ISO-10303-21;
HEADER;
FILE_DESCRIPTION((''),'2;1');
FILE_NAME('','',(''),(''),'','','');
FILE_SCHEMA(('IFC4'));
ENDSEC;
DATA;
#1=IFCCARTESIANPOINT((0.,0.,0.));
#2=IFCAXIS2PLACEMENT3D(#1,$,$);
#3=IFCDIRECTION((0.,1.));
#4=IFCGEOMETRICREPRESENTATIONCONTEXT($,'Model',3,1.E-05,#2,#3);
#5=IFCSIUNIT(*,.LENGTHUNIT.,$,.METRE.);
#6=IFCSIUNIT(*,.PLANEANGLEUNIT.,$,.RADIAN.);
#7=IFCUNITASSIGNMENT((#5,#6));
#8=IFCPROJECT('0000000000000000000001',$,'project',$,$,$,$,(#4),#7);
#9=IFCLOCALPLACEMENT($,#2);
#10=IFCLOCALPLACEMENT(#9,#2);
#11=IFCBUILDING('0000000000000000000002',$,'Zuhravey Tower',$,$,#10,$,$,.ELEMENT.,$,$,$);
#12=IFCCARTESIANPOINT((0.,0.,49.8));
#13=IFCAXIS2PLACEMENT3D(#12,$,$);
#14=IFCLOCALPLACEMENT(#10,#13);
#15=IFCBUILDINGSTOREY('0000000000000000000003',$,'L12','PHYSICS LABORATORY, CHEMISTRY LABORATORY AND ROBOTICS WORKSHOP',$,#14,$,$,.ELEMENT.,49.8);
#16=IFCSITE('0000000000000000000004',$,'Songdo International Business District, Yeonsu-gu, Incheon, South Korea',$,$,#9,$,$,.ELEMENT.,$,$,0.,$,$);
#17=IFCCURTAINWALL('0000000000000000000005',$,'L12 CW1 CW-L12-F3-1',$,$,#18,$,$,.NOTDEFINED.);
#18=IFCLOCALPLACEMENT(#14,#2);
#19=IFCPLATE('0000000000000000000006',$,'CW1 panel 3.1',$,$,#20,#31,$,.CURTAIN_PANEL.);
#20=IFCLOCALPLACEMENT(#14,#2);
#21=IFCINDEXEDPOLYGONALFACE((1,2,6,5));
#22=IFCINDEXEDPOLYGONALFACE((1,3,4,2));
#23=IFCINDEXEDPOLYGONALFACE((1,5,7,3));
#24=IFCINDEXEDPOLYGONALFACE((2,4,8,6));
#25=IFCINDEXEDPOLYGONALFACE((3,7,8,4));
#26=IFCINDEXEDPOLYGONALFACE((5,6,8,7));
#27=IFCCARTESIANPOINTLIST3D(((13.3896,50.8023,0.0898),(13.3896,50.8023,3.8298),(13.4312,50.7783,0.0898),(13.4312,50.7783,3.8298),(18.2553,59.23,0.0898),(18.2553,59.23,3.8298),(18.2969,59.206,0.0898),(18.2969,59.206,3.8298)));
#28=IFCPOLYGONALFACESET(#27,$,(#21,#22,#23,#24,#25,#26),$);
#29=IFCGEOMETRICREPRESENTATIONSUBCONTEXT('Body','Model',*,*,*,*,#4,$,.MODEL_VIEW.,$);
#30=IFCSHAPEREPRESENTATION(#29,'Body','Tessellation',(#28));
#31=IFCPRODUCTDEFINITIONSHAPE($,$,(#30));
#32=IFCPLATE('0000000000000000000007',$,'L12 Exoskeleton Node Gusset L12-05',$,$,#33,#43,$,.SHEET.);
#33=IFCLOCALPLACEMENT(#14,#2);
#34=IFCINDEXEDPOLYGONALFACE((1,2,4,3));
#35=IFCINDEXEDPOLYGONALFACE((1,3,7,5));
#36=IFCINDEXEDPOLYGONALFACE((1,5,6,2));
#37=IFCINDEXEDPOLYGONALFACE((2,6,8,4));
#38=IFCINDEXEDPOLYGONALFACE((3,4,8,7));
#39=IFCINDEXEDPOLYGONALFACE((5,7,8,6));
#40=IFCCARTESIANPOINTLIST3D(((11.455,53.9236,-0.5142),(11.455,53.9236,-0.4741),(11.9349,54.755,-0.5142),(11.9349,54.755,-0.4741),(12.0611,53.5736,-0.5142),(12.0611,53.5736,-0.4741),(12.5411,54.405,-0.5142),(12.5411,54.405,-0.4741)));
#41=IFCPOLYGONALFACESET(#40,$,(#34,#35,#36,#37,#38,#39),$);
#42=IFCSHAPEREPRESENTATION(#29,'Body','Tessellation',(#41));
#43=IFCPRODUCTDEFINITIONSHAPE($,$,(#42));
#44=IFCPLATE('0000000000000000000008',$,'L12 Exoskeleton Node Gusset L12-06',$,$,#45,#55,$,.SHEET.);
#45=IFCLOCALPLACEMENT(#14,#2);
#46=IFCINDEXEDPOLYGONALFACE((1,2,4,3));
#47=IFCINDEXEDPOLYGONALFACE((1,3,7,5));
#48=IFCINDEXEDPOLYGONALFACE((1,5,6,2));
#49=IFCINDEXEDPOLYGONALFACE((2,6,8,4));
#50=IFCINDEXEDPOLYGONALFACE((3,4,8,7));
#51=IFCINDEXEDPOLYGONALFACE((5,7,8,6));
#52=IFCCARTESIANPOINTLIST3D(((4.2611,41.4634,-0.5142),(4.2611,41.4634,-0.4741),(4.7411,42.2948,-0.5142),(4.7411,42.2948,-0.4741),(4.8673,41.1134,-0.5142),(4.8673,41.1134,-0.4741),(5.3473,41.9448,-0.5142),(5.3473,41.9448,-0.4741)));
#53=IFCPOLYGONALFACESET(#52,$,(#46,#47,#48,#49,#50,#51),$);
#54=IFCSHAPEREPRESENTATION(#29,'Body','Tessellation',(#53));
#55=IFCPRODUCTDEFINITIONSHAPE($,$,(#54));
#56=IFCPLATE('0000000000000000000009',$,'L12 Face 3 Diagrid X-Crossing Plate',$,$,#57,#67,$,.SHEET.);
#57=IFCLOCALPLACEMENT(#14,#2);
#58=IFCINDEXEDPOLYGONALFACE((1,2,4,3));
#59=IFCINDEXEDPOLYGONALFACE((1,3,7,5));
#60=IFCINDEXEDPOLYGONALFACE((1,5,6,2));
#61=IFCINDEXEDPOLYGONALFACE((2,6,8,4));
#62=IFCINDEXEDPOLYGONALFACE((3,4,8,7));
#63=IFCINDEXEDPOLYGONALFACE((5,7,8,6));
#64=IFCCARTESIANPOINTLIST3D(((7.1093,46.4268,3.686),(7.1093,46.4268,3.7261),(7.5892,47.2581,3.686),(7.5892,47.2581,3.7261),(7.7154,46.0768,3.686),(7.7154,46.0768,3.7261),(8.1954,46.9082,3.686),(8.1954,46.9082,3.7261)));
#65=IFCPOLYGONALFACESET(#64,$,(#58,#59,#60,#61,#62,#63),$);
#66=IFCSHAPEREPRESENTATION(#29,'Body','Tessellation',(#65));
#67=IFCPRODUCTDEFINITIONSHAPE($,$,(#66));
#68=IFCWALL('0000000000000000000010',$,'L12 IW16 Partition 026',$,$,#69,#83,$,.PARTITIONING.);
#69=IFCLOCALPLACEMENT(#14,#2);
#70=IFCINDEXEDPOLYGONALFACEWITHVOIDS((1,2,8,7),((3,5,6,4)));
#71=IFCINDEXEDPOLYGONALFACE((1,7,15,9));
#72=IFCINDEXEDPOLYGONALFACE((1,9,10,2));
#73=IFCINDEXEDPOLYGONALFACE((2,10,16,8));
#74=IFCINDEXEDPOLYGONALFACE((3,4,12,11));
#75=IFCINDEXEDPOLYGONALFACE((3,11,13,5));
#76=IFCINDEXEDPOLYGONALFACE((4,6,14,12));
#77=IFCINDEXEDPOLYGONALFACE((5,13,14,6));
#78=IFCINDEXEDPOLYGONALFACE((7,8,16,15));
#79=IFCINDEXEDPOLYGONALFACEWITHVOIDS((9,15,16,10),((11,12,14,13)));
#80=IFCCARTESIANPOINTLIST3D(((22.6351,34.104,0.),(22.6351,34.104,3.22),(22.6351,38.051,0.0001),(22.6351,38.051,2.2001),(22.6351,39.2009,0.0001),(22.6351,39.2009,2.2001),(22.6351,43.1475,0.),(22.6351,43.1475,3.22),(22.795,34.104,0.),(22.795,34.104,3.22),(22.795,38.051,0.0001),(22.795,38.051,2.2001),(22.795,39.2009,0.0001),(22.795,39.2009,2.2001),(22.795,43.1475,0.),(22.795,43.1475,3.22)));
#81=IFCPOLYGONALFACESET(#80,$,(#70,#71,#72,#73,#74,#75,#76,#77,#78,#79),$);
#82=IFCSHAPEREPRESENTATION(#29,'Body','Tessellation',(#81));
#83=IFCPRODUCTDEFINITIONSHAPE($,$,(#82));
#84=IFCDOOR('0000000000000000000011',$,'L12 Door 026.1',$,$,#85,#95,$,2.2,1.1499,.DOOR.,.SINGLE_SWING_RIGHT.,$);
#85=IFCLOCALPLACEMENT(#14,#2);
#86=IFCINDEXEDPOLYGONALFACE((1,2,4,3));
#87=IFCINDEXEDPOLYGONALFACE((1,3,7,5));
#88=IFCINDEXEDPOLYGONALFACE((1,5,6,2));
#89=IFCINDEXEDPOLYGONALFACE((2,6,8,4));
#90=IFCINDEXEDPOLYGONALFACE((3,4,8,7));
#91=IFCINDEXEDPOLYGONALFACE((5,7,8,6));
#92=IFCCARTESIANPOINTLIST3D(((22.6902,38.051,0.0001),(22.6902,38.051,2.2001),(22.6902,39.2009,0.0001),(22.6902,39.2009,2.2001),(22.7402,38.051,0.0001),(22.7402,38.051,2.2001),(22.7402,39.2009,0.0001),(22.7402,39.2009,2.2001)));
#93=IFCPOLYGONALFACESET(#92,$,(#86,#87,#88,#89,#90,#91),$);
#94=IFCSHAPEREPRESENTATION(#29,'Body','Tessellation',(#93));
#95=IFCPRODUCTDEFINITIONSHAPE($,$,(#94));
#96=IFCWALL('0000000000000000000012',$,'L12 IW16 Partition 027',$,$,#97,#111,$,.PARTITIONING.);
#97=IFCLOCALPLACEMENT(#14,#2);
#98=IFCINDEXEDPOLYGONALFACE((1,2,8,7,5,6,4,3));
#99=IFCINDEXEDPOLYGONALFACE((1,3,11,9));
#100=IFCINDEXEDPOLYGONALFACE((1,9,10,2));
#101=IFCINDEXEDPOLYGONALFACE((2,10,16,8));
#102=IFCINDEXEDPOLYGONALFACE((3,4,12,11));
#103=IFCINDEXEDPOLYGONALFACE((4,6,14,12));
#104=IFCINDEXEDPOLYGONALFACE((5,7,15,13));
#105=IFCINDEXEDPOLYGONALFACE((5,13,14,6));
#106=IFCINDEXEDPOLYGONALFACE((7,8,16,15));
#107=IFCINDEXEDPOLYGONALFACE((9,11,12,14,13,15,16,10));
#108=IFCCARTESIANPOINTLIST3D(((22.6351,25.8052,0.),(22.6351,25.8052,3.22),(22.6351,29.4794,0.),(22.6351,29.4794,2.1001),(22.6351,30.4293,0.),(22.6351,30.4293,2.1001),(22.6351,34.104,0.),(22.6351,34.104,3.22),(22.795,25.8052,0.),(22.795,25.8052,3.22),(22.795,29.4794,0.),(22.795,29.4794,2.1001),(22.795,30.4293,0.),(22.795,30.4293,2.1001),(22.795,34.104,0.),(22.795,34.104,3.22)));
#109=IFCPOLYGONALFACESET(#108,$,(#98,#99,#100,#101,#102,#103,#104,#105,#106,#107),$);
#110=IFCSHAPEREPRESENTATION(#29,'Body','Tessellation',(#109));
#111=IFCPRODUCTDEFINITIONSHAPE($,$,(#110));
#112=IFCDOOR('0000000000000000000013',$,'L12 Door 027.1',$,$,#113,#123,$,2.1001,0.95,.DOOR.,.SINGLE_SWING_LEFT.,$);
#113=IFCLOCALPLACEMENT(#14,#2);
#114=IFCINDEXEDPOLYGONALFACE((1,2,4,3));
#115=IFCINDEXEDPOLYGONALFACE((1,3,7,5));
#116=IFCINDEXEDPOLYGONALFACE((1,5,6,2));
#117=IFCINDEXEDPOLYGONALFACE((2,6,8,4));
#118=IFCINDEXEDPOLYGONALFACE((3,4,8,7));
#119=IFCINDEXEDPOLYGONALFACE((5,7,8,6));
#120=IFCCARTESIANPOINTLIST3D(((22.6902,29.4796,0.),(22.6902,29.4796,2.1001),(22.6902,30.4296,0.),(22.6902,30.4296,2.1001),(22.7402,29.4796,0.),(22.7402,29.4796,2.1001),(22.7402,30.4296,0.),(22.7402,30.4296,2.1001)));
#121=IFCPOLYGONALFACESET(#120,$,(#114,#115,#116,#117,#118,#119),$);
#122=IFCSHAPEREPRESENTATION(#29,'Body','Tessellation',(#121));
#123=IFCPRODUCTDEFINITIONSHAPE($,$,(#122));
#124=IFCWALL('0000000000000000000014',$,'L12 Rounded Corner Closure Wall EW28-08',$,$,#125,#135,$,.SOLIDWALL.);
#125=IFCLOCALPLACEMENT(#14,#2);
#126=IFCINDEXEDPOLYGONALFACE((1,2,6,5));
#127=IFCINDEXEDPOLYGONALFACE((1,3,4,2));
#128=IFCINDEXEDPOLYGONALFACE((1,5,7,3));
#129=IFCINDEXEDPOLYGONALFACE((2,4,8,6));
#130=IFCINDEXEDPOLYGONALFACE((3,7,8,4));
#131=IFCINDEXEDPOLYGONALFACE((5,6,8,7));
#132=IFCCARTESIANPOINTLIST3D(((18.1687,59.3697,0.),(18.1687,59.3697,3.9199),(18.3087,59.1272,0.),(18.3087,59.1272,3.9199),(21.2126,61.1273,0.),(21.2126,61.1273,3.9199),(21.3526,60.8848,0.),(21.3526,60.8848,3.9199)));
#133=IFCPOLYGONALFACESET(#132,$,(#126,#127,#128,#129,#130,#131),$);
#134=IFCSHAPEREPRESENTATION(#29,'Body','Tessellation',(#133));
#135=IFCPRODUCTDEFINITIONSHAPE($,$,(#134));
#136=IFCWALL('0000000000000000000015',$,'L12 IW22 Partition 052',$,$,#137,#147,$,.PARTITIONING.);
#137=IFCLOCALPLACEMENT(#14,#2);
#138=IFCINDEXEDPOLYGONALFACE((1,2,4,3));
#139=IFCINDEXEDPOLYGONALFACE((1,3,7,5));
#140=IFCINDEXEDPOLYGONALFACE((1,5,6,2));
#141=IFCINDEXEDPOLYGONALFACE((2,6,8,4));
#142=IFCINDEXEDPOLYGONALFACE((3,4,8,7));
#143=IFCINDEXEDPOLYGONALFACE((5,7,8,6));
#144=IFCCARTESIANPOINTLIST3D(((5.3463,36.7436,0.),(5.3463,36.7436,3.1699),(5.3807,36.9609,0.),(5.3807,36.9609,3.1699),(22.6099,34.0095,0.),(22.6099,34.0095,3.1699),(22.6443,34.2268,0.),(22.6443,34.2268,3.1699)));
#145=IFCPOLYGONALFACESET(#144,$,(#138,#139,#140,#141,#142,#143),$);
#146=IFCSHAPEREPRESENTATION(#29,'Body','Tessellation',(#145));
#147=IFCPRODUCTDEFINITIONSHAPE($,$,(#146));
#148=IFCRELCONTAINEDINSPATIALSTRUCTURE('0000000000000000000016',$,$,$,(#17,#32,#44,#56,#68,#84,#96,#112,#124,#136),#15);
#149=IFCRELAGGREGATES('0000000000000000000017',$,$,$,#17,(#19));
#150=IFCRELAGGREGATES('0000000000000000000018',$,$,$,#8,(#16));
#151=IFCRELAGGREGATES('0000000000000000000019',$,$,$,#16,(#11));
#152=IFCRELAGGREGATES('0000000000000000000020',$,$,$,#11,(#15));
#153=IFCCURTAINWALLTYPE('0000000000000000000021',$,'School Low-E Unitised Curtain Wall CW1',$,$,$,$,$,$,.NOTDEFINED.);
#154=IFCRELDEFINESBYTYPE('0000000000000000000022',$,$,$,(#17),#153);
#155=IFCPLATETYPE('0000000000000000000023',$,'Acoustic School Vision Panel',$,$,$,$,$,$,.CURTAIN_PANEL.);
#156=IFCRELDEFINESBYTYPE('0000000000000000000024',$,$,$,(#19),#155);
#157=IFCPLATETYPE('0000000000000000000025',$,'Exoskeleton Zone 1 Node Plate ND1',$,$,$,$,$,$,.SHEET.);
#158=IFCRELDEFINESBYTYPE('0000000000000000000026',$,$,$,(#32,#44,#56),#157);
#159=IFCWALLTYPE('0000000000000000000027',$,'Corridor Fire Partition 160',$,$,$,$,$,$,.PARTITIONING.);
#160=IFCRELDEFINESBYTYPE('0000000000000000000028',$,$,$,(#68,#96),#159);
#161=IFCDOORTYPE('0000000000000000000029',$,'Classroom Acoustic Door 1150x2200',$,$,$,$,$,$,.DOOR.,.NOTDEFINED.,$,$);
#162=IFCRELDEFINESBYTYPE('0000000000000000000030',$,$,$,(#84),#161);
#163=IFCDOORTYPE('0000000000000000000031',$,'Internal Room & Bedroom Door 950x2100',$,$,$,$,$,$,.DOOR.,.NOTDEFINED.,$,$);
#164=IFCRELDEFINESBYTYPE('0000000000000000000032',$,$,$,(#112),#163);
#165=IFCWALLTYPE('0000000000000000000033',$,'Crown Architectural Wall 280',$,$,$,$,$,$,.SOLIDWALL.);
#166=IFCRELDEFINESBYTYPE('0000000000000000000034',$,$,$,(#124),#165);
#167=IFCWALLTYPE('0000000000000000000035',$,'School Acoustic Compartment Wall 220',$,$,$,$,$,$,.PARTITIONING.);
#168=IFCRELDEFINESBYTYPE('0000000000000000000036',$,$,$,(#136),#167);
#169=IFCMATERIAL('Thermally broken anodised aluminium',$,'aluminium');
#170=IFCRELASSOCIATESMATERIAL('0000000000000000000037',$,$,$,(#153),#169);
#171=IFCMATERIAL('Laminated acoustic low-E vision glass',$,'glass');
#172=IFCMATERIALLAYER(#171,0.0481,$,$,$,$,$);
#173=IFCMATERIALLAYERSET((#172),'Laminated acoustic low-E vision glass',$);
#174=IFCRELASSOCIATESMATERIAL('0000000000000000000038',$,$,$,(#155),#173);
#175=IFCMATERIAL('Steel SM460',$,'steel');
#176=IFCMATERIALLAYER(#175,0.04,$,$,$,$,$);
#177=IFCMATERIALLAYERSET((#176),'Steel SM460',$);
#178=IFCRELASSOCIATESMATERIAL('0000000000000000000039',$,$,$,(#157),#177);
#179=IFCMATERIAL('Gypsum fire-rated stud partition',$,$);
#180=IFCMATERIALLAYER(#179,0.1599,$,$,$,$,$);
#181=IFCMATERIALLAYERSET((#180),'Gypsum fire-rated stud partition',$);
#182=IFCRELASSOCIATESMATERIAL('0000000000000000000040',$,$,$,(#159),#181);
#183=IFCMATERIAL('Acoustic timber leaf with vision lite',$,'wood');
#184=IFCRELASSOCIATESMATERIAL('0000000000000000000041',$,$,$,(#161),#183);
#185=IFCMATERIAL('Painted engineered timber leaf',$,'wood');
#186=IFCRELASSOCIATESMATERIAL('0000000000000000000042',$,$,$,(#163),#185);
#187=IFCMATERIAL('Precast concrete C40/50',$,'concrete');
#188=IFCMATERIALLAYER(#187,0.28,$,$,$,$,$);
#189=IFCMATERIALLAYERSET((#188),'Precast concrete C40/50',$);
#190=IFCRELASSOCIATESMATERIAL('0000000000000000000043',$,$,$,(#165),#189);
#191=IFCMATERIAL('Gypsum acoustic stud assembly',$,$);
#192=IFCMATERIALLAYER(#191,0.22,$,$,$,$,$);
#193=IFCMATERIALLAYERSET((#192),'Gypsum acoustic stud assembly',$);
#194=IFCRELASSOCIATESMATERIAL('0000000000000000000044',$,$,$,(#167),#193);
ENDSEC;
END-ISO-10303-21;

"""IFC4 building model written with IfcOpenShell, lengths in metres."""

from ifc_helpers import new_model, si_unit, direction, frame, frame_2d, origin, origin_2d, place, context, subcontext, project, spatial, rectangle, extrude, material, layer, layer_set, type_object, element, fill, aggregate, save


model = new_model("IFC4")

# Units and contexts
model_context = context("Model", 3, precision=1e-05, world=origin(), true_north=direction((0.0, 1.0)))
body_context = subcontext(model_context, "Body", "Model", "MODEL_VIEW")
ifc_project = project(units=[si_unit("LENGTHUNIT", "METRE"), si_unit("PLANEANGLEUNIT", "RADIAN")], contexts=[model_context])

# Site, building, storey
site_placement = place(None, origin())
site = spatial("IfcSite", under=ifc_project, at=site_placement, Name="Songdo International Business District, Yeonsu-gu, Incheon, South Korea", CompositionType="ELEMENT", RefElevation=0.0)
building_placement = place(site_placement, origin())
building = spatial("IfcBuilding", under=site, at=building_placement, Name="Zuhravey Tower", CompositionType="ELEMENT")
storey_placement = place(building_placement, frame((0.0, 0.0, 49.8)))
storey = spatial("IfcBuildingStorey", under=building, at=storey_placement, Name="L12", Description="PHYSICS LABORATORY, CHEMISTRY LABORATORY AND ROBOTICS WORKSHOP", CompositionType="ELEMENT", Elevation=49.8)

# Curtain wall
ifc_material_1 = material(Name="Thermally broken anodised aluminium", Category="aluminium")
curtain_wall_type = type_object("IfcCurtainWallType", Name="School Low-E Unitised Curtain Wall CW1", PredefinedType="NOTDEFINED", material=ifc_material_1)
curtain_wall_1_placement = place(storey_placement, origin())
curtain_wall_1 = element("IfcCurtainWall", 1, at=curtain_wall_1_placement, inside=storey, type_object=curtain_wall_type, Name="L12 CW1 CW-L12-F3-1", PredefinedType="NOTDEFINED")

# Shared definitions
ifc_material_2 = material(Name="Steel SM460", Category="steel")

# Plate
ifc_material_3 = material(Name="Laminated acoustic low-E vision glass", Category="glass")
ifc_layer_1 = layer(ifc_material_3, 0.0481)
ifc_layer_set_1 = layer_set([ifc_layer_1], Name="Laminated acoustic low-E vision glass")
plate_type_1 = type_object("IfcPlateType", Name="Acoustic School Vision Panel", PredefinedType="CURTAIN_PANEL", material=ifc_layer_set_1)
plate_1_placement = place(storey_placement, frame((15.8433, 55.0042, 0.0898), z_axis=(0.0, 0.0, 1.0), x_axis=(0.5, 0.866026, 0.0)))
plate_1 = element("IfcPlate", 2, at=plate_1_placement, type_object=plate_type_1, Name="CW1 panel 3.1", PredefinedType="CURTAIN_PANEL", context=body_context, shape_type="SweptSolid", body=[
    extrude(rectangle(XDim=9.7314, YDim=0.0481, at=origin_2d()), origin(), (0.0, 0.0, 1.0), 3.74),
])
aggregate(curtain_wall_1, [plate_1])

# Plates
ifc_layer_2 = layer(ifc_material_2, 0.04)
ifc_layer_set_2 = layer_set([ifc_layer_2], Name="Steel SM460")
plate_type_2 = type_object("IfcPlateType", Name="Exoskeleton Zone 1 Node Plate ND1", PredefinedType="SHEET", material=ifc_layer_set_2)
for number, where, z_axis, x_axis, name in (
    (3, (11.998, 54.1643, -0.5142), (0.0, 0.0, 1.0), (-0.5, -0.866025, 0.0), "L12 Exoskeleton Node Gusset L12-05"),
    (4, (4.8042, 41.7041, -0.5142), (0.0, 0.0, 1.0), (-0.5, -0.866025, 0.0), "L12 Exoskeleton Node Gusset L12-06"),
    (5, (7.6523, 46.6675, 3.686), (0.0, 0.0, 1.0), (-0.5, -0.866025, 0.0), "L12 Face 3 Diagrid X-Crossing Plate"),
):
    element("IfcPlate", number, at=place(storey_placement, frame(where, z_axis=z_axis, x_axis=x_axis)), inside=storey, type_object=plate_type_2, Name=name, PredefinedType="SHEET", context=body_context, shape_type="SweptSolid", body=[
        extrude(rectangle(XDim=0.96, YDim=0.7, at=origin_2d()), origin(), (0.0, 0.0, 1.0), 0.04),
    ])

# Walls, openings, doors
ifc_material_4 = material(Name="Gypsum fire-rated stud partition")
ifc_layer_3 = layer(ifc_material_4, 0.1599)
ifc_layer_set_3 = layer_set([ifc_layer_3], Name="Gypsum fire-rated stud partition")
wall_type_1 = type_object("IfcWallType", Name="Corridor Fire Partition 160", PredefinedType="PARTITIONING", material=ifc_layer_set_3)
wall_1_placement = place(storey_placement, frame((22.7151, 43.1475, 0.0), z_axis=(0.0, 0.0, 1.0), x_axis=(0.0, -1.0, 0.0)))
wall_1 = element("IfcWall", 6, at=wall_1_placement, inside=storey, type_object=wall_type_1, Name="L12 IW16 Partition 026", PredefinedType="PARTITIONING", context=body_context, shape_type="SweptSolid", body=[
    extrude(rectangle(XDim=9.0435, YDim=0.1599, at=frame_2d((4.5217, 0.0))), origin(), (0.0, 0.0, 1.0), 3.22),
])
opening_1_placement = place(wall_1_placement, frame((3.9465, 0.0, 0.0)))
opening_1 = element("IfcOpeningElement", 7, at=opening_1_placement, cuts=wall_1, PredefinedType="OPENING", context=body_context, shape_type="SweptSolid", body=[
    extrude(rectangle(XDim=1.1499, YDim=2.2, at=frame_2d((0.575, 1.1001))), frame((0.0, 0.092, 0.0), z_axis=(0.0, -1.0, 0.0), x_axis=(1.0, 0.0, 0.0)), (0.0, 0.0, 1.0), 0.1838),
])
ifc_material_5 = material(Name="Acoustic timber leaf with vision lite", Category="wood")
door_type_1 = type_object("IfcDoorType", Name="Classroom Acoustic Door 1150x2200", OperationType="NOTDEFINED", PredefinedType="DOOR", material=ifc_material_5)
door_1_placement = place(opening_1_placement, frame((1.1499, 0.0, 0.0), z_axis=(0.0, 0.0, 1.0), x_axis=(-1.0, 0.0, 0.0)))
door_1 = element("IfcDoor", 8, at=door_1_placement, inside=storey, type_object=door_type_1, Name="L12 Door 026.1", OperationType="SINGLE_SWING_RIGHT", OverallHeight=2.2, OverallWidth=1.1499, PredefinedType="DOOR", context=body_context, shape_type="SweptSolid", body=[
    extrude(rectangle(XDim=1.1499, YDim=2.2, at=frame_2d((0.575, 1.1001))), frame((0.0, 0.0249, 0.0), z_axis=(0.0, -1.0, 0.0), x_axis=(1.0, 0.0, 0.0)), (0.0, 0.0, 1.0), 0.05),
])
fill(opening_1, door_1)
wall_2_placement = place(storey_placement, frame((22.7151, 34.104, 0.0), z_axis=(0.0, 0.0, 1.0), x_axis=(0.0, -1.0, 0.0)))
wall_2 = element("IfcWall", 9, at=wall_2_placement, inside=storey, type_object=wall_type_1, Name="L12 IW16 Partition 027", PredefinedType="PARTITIONING", context=body_context, shape_type="SweptSolid", body=[
    extrude(rectangle(XDim=8.2988, YDim=0.1599, at=frame_2d((4.1494, 0.0))), origin(), (0.0, 0.0, 1.0), 3.22),
])
opening_2_placement = place(wall_2_placement, frame((3.6746, 0.0, 0.0)))
opening_2 = element("IfcOpeningElement", 10, at=opening_2_placement, cuts=wall_2, PredefinedType="OPENING", context=body_context, shape_type="SweptSolid", body=[
    extrude(rectangle(XDim=0.95, YDim=2.1001, at=frame_2d((0.4751, 1.05))), frame((0.0, 0.092, 0.0), z_axis=(0.0, -1.0, 0.0), x_axis=(1.0, 0.0, 0.0)), (0.0, 0.0, 1.0), 0.1838),
])
ifc_material_6 = material(Name="Painted engineered timber leaf", Category="wood")
door_type_2 = type_object("IfcDoorType", Name="Internal Room & Bedroom Door 950x2100", OperationType="NOTDEFINED", PredefinedType="DOOR", material=ifc_material_6)
door_2_placement = place(opening_2_placement, frame((0.95, 0.0, 0.0), z_axis=(0.0, 0.0, 1.0), x_axis=(-1.0, 0.0, 0.0)))
door_2 = element("IfcDoor", 11, at=door_2_placement, inside=storey, type_object=door_type_2, Name="L12 Door 027.1", OperationType="SINGLE_SWING_LEFT", OverallHeight=2.1001, OverallWidth=0.95, PredefinedType="DOOR", context=body_context, shape_type="SweptSolid", body=[
    extrude(rectangle(XDim=0.95, YDim=2.1001, at=frame_2d((0.4751, 1.05))), frame((0.0, 0.0249, 0.0), z_axis=(0.0, -1.0, 0.0), x_axis=(1.0, 0.0, 0.0)), (0.0, 0.0, 1.0), 0.05),
])
fill(opening_2, door_2)

# Walls
ifc_material_7 = material(Name="Precast concrete C40/50", Category="concrete")
ifc_layer_4 = layer(ifc_material_7, 0.28)
ifc_layer_set_4 = layer_set([ifc_layer_4], Name="Precast concrete C40/50")
wall_type_2 = type_object("IfcWallType", Name="Crown Architectural Wall 280", PredefinedType="SOLIDWALL", material=ifc_layer_set_4)
wall_3_placement = place(storey_placement, frame((18.2388, 59.2485, 0.0), z_axis=(0.0, 0.0, 1.0), x_axis=(0.866007, 0.500031, 0.0)))
element("IfcWall", 12, at=wall_3_placement, inside=storey, type_object=wall_type_2, Name="L12 Rounded Corner Closure Wall EW28-08", PredefinedType="SOLIDWALL", context=body_context, shape_type="SweptSolid", body=[
    extrude(rectangle(XDim=3.5149, YDim=0.28, at=frame_2d((1.7573, 0.0))), origin(), (0.0, 0.0, 1.0), 3.9199),
])
ifc_material_8 = material(Name="Gypsum acoustic stud assembly")
ifc_layer_5 = layer(ifc_material_8, 0.22)
ifc_layer_set_5 = layer_set([ifc_layer_5], Name="Gypsum acoustic stud assembly")
wall_type_3 = type_object("IfcWallType", Name="School Acoustic Compartment Wall 220", PredefinedType="PARTITIONING", material=ifc_layer_set_5)
wall_4_placement = place(storey_placement, frame((22.627, 34.1182, 0.0), z_axis=(0.0, 0.0, 1.0), x_axis=(-0.98769, 0.156425, 0.0)))
element("IfcWall", 13, at=wall_4_placement, inside=storey, type_object=wall_type_3, Name="L12 IW22 Partition 052", PredefinedType="PARTITIONING", context=body_context, shape_type="SweptSolid", body=[
    extrude(rectangle(XDim=17.4788, YDim=0.22, at=frame_2d((8.7393, 0.0))), origin(), (0.0, 0.0, 1.0), 3.1699),
])

save(model, "model.ifc")
